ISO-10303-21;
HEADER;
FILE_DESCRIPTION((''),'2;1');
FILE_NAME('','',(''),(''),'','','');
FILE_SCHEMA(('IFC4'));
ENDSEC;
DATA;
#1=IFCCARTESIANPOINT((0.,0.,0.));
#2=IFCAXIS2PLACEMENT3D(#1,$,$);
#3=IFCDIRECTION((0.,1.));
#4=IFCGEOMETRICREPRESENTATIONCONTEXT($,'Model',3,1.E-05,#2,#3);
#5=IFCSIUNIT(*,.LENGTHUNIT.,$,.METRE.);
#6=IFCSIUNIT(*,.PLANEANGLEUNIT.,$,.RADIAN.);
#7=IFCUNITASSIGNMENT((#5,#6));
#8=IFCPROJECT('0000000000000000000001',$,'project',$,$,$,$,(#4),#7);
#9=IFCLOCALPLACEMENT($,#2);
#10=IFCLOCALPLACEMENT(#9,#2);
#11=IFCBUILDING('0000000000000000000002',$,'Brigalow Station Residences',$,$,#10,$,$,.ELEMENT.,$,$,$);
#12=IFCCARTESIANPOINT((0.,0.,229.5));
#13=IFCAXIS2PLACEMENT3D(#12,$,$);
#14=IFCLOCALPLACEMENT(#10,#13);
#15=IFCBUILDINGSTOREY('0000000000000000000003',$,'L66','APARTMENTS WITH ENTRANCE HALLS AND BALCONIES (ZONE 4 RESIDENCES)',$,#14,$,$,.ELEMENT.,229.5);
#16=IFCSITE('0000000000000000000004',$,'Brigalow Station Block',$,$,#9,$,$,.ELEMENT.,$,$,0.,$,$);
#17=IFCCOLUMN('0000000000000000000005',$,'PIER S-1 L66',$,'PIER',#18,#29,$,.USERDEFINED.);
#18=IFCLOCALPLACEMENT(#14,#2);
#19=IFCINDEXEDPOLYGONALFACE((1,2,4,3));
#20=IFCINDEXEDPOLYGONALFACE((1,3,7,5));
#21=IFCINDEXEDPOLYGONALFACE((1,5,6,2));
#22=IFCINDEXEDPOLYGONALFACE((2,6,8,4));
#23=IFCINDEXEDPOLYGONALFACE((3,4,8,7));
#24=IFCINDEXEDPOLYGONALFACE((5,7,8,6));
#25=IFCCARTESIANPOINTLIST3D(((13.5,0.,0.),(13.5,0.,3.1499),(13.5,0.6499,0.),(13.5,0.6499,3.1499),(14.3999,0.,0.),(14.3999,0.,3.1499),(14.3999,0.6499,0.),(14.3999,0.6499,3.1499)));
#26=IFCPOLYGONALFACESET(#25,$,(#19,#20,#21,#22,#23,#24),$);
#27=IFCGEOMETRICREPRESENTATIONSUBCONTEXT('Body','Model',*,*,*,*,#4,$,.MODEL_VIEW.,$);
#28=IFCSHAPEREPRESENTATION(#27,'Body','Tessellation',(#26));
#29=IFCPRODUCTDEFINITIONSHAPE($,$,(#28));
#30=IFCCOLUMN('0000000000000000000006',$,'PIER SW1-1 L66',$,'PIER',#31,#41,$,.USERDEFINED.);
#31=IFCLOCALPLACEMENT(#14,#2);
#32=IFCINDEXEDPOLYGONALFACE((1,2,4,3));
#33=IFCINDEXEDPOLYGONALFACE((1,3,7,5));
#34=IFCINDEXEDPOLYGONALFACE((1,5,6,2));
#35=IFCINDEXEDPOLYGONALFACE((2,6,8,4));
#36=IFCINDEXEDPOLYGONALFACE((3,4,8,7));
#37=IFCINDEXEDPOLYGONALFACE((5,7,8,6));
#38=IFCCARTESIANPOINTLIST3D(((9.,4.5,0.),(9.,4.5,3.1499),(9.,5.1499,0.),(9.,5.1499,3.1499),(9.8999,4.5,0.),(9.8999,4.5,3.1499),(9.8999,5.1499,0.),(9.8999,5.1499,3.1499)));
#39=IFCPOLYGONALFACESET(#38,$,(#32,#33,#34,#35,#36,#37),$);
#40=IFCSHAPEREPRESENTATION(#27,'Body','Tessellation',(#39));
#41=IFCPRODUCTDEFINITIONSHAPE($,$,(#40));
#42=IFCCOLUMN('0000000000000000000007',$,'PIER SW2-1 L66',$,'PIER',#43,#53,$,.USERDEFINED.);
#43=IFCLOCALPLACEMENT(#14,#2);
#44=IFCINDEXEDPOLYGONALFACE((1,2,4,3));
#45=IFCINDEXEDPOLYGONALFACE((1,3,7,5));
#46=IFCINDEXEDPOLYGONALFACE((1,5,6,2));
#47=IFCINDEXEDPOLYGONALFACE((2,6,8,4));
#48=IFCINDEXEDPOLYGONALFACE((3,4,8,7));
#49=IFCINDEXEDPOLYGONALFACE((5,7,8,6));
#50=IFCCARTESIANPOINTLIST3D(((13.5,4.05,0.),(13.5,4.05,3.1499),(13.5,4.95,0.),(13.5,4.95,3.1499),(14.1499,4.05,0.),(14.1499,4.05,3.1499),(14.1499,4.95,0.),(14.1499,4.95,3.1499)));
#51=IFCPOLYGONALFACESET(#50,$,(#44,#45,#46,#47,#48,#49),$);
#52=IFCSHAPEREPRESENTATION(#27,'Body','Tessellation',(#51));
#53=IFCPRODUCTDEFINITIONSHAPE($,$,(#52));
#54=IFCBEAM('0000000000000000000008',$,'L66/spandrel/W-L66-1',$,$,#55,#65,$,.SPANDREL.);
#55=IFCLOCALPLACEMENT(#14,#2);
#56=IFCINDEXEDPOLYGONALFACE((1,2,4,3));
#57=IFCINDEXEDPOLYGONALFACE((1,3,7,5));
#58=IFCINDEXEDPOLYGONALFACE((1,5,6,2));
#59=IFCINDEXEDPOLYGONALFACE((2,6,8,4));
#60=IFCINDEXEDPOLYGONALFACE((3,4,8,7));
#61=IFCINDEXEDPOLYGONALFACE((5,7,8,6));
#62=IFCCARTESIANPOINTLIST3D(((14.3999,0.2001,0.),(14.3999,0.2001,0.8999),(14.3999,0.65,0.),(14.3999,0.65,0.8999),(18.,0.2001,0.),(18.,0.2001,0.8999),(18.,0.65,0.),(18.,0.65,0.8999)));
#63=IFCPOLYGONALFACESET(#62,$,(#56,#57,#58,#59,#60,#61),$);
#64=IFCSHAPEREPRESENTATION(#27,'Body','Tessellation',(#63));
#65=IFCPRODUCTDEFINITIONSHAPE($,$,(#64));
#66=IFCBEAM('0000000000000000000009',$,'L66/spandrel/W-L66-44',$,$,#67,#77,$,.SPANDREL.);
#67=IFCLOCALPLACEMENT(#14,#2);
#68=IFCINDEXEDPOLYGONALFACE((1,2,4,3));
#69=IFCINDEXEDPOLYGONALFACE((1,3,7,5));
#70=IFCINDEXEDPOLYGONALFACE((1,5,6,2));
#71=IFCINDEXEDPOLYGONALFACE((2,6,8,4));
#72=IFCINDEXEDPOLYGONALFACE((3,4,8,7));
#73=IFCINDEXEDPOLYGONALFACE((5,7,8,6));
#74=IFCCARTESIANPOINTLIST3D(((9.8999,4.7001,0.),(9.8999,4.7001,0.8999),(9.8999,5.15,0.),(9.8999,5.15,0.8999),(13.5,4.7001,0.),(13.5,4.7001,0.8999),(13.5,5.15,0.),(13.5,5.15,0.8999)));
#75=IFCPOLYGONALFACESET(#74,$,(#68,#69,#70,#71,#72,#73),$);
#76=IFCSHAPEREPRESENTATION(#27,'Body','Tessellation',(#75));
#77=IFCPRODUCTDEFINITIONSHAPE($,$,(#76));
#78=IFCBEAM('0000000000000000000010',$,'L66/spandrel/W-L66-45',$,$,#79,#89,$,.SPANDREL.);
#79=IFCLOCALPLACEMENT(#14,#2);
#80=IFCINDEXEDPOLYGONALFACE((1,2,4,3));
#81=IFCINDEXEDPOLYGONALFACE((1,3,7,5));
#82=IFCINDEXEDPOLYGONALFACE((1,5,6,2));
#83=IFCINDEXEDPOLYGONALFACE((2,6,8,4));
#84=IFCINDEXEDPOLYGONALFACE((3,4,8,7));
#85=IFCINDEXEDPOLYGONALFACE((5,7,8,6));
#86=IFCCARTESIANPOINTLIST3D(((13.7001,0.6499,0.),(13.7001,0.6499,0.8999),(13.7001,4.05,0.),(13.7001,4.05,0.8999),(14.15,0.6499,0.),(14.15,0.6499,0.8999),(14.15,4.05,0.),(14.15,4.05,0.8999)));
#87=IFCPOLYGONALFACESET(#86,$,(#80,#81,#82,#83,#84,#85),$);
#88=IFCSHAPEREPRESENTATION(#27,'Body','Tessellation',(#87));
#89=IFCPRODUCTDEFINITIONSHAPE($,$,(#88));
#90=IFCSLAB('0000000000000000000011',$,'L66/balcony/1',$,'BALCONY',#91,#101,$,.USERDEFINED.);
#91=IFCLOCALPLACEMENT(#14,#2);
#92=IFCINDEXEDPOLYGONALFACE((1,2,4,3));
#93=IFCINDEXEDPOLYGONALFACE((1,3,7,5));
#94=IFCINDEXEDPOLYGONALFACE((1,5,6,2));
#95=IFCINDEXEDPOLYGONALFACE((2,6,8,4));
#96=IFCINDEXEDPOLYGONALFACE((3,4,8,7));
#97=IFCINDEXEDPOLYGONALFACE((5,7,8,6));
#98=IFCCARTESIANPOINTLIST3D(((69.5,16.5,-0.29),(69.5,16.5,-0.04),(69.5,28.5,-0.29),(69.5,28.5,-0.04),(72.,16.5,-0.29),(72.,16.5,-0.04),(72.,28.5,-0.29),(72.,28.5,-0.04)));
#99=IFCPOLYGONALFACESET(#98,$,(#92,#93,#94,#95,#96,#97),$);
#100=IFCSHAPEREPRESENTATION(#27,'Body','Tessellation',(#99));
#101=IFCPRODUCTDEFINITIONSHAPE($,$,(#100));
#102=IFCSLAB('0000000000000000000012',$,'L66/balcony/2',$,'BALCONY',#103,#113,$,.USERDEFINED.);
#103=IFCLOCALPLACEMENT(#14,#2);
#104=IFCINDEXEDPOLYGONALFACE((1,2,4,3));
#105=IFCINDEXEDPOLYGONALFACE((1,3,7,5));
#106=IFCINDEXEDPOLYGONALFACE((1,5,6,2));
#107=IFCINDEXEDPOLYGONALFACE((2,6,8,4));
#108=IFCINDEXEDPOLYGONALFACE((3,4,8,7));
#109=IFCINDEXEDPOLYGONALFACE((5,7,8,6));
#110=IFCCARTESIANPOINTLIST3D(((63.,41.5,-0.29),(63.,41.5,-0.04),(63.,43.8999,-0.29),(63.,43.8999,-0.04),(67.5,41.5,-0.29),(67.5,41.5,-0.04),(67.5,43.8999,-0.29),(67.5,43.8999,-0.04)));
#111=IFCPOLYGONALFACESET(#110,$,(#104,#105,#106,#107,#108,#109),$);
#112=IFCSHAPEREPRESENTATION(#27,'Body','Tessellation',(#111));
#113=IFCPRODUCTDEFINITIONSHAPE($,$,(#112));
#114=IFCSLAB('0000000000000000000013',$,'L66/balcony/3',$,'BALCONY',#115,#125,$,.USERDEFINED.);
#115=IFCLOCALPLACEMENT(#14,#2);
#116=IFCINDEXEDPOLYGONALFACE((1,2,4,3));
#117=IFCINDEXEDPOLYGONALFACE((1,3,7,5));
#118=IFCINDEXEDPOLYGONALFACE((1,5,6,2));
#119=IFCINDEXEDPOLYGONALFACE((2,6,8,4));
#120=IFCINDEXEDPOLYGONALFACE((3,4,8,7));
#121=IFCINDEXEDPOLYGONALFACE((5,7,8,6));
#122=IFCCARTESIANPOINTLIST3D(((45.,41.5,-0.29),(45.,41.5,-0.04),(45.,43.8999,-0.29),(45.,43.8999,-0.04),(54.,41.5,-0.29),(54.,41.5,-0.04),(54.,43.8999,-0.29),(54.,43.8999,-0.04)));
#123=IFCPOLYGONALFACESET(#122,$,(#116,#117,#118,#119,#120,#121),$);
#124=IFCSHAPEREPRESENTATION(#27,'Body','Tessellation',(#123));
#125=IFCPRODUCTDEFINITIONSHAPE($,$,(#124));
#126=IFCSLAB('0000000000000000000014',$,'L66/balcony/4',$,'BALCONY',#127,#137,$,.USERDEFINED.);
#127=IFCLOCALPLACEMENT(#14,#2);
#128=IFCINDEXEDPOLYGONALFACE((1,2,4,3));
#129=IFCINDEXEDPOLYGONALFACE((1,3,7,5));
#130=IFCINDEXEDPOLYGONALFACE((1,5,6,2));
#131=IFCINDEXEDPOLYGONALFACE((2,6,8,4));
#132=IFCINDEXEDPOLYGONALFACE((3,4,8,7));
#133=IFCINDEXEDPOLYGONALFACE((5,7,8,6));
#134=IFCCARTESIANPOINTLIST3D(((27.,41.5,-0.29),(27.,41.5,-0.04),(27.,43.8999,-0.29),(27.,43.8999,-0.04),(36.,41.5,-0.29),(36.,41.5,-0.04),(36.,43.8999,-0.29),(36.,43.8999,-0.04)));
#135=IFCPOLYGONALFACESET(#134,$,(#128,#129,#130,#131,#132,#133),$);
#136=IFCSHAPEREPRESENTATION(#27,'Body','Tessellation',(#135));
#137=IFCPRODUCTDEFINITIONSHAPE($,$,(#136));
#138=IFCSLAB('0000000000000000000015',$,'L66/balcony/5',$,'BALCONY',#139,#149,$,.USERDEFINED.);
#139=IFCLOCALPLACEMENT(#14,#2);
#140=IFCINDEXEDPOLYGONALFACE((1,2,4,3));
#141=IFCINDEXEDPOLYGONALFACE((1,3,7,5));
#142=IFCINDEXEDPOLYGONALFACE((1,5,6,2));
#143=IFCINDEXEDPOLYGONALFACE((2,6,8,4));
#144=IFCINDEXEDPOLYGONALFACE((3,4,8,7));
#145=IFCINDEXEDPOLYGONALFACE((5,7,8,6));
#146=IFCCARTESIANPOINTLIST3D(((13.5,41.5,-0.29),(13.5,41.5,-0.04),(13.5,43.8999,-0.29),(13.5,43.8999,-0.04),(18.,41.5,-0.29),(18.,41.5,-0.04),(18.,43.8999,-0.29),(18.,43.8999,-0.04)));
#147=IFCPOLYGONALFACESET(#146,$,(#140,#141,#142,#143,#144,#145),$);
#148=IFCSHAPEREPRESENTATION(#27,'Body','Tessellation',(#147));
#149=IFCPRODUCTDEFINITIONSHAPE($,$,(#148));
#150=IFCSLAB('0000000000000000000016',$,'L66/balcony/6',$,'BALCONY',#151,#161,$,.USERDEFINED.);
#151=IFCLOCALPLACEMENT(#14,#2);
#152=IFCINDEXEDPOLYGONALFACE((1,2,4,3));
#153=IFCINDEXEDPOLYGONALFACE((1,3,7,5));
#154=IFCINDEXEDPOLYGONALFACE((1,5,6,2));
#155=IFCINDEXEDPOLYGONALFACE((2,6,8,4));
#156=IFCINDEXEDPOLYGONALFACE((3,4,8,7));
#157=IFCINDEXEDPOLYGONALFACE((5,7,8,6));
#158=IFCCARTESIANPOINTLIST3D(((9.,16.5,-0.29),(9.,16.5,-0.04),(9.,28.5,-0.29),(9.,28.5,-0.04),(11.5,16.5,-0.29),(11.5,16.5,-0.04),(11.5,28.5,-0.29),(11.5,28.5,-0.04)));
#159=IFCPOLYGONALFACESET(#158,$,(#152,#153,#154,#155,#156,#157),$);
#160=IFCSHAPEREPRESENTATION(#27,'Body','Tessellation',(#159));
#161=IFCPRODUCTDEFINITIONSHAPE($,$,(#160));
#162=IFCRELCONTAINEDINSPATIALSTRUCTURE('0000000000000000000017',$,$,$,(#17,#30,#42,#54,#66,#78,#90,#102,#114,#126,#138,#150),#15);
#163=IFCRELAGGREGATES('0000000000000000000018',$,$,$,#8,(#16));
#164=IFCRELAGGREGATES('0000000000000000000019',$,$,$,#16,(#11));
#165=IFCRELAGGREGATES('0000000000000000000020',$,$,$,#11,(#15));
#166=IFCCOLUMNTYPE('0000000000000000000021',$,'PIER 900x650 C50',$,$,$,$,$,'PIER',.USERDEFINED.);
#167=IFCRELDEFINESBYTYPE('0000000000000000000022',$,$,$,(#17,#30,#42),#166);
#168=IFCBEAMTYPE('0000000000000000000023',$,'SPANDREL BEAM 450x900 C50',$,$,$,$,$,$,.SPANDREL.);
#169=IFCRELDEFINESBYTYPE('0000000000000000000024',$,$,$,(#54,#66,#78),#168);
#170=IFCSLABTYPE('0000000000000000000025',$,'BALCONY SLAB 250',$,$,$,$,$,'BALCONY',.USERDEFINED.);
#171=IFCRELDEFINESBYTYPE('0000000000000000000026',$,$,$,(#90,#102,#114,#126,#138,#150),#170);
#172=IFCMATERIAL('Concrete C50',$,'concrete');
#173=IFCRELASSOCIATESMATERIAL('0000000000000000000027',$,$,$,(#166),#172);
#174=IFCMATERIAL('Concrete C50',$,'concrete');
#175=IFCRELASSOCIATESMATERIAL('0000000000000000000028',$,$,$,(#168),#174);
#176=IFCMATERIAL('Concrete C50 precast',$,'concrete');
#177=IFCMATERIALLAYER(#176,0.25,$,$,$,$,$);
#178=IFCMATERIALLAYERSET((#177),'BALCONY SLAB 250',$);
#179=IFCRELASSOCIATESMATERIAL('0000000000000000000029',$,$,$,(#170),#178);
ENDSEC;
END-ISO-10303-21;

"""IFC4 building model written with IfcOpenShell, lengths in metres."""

from ifc_helpers import new_model, si_unit, direction, frame, origin, origin_2d, place, context, subcontext, project, spatial, polyline, rectangle, outline, extrude, material, layer, layer_set, material_profile, profile_set, type_object, element, save


model = new_model("IFC4")

# Units and contexts
model_context = context("Model", 3, precision=1e-05, world=origin(), true_north=direction((0.0, 1.0)))
body_context = subcontext(model_context, "Body", "Model", "MODEL_VIEW")
ifc_project = project(units=[si_unit("LENGTHUNIT", "METRE"), si_unit("PLANEANGLEUNIT", "RADIAN")], contexts=[model_context])

# Site, building, storey
site_placement = place(None, origin())
site = spatial("IfcSite", under=ifc_project, at=site_placement, Name="Brigalow Station Block", CompositionType="ELEMENT", RefElevation=0.0)
building_placement = place(site_placement, origin())
building = spatial("IfcBuilding", under=site, at=building_placement, Name="Brigalow Station Residences", CompositionType="ELEMENT")
storey_placement = place(building_placement, frame((0.0, 0.0, 229.5)))
storey = spatial("IfcBuildingStorey", under=building, at=storey_placement, Name="L66", Description="APARTMENTS WITH ENTRANCE HALLS AND BALCONIES (ZONE 4 RESIDENCES)", CompositionType="ELEMENT", Elevation=229.5)

# Columns
ifc_material_1 = material(Name="Concrete C50", Category="concrete")
ifc_material_profile_1 = material_profile(ifc_material_1, rectangle(XDim=0.8999, YDim=0.6499, at=origin_2d()), Name="RC900x650")
ifc_profile_set_1 = profile_set([ifc_material_profile_1], Name="Concrete C50")
column_type = type_object("IfcColumnType", Name="PIER 900x650 C50", ElementType="PIER", PredefinedType="USERDEFINED", material=ifc_profile_set_1)
for number, where, z_axis, x_axis, name in (
    (1, (13.95, 0.325, 0.0), (0.0, 0.0, 1.0), (1.0, 0.0, 0.0), "PIER S-1 L66"),
    (2, (9.45, 4.825, 0.0), (0.0, 0.0, 1.0), (1.0, 0.0, 0.0), "PIER SW1-1 L66"),
    (3, (13.825, 4.5, 0.0), (0.0, 0.0, 1.0), (0.0, -1.0, 0.0), "PIER SW2-1 L66"),
):
    element("IfcColumn", number, at=place(storey_placement, frame(where, z_axis=z_axis, x_axis=x_axis)), inside=storey, type_object=column_type, Name=name, ObjectType="PIER", PredefinedType="USERDEFINED", context=body_context, shape_type="SweptSolid", body=[
        extrude(rectangle(XDim=0.8999, YDim=0.6499, at=origin_2d()), origin(), (0.0, 0.0, 1.0), 3.1499),
    ])

# Beams
ifc_material_2 = material(Name="Concrete C50", Category="concrete")
ifc_material_profile_2 = material_profile(ifc_material_2, rectangle(XDim=0.45, YDim=0.8999, at=origin_2d()), Name="RC450x900")
ifc_profile_set_2 = profile_set([ifc_material_profile_2], Name="Concrete C50")
beam_type = type_object("IfcBeamType", Name="SPANDREL BEAM 450x900 C50", PredefinedType="SPANDREL", material=ifc_profile_set_2)
for number, where, z_axis, x_axis, name in (
    (4, (14.3999, 0.425, 0.45), (1.0, 0.0, 0.0), (0.0, 1.0, 0.0), "L66/spandrel/W-L66-1"),
    (5, (9.8999, 4.925, 0.45), (1.0, 0.0, 0.0), (0.0, 1.0, 0.0), "L66/spandrel/W-L66-44"),
):
    element("IfcBeam", number, at=place(storey_placement, frame(where, z_axis=z_axis, x_axis=x_axis)), inside=storey, type_object=beam_type, Name=name, PredefinedType="SPANDREL", context=body_context, shape_type="SweptSolid", body=[
        extrude(rectangle(XDim=0.45, YDim=0.8999, at=origin_2d()), origin(), (0.0, 0.0, 1.0), 3.6001),
    ])
beam_placement = place(storey_placement, frame((13.925, 4.05, 0.45), z_axis=(0.0, -1.0, 0.0), x_axis=(1.0, 0.0, 0.0)))
element("IfcBeam", 6, at=beam_placement, inside=storey, type_object=beam_type, Name="L66/spandrel/W-L66-45", PredefinedType="SPANDREL", context=body_context, shape_type="SweptSolid", body=[
    extrude(rectangle(XDim=0.45, YDim=0.8999, at=origin_2d()), origin(), (0.0, 0.0, 1.0), 3.4001),
])

# Slabs
ifc_material_3 = material(Name="Concrete C50 precast", Category="concrete")
ifc_layer_1 = layer(ifc_material_3, 0.25)
ifc_layer_set_1 = layer_set([ifc_layer_1], Name="BALCONY SLAB 250")
slab_type_1 = type_object("IfcSlabType", Name="BALCONY SLAB 250", ElementType="BALCONY", PredefinedType="USERDEFINED", material=ifc_layer_set_1)
slab_1_placement = place(storey_placement, frame((0.0, 0.0, -0.29)))
element("IfcSlab", 7, at=slab_1_placement, inside=storey, type_object=slab_type_1, Name="L66/balcony/1", ObjectType="BALCONY", PredefinedType="USERDEFINED", context=body_context, shape_type="SweptSolid", body=[
    extrude(outline(polyline([(69.5, 16.5), (72.0, 16.5), (72.0, 28.5), (69.5, 28.5), (69.5, 16.5)])), origin(), (0.0, 0.0, 1.0), 0.25),
])
slab_2_placement = place(storey_placement, frame((0.0, 0.0, -0.29)))
element("IfcSlab", 8, at=slab_2_placement, inside=storey, type_object=slab_type_1, Name="L66/balcony/2", ObjectType="BALCONY", PredefinedType="USERDEFINED", context=body_context, shape_type="SweptSolid", body=[
    extrude(outline(polyline([(67.5, 41.5), (67.5, 43.8999), (63.0, 43.8999), (63.0, 41.5), (67.5, 41.5)])), origin(), (0.0, 0.0, 1.0), 0.25),
])
slab_3_placement = place(storey_placement, frame((0.0, 0.0, -0.29)))
element("IfcSlab", 9, at=slab_3_placement, inside=storey, type_object=slab_type_1, Name="L66/balcony/3", ObjectType="BALCONY", PredefinedType="USERDEFINED", context=body_context, shape_type="SweptSolid", body=[
    extrude(outline(polyline([(54.0, 41.5), (54.0, 43.8999), (45.0, 43.8999), (45.0, 41.5), (54.0, 41.5)])), origin(), (0.0, 0.0, 1.0), 0.25),
])
slab_4_placement = place(storey_placement, frame((0.0, 0.0, -0.29)))
element("IfcSlab", 10, at=slab_4_placement, inside=storey, type_object=slab_type_1, Name="L66/balcony/4", ObjectType="BALCONY", PredefinedType="USERDEFINED", context=body_context, shape_type="SweptSolid", body=[
    extrude(outline(polyline([(36.0, 41.5), (36.0, 43.8999), (27.0, 43.8999), (27.0, 41.5), (36.0, 41.5)])), origin(), (0.0, 0.0, 1.0), 0.25),
])
slab_5_placement = place(storey_placement, frame((0.0, 0.0, -0.29)))
element("IfcSlab", 11, at=slab_5_placement, inside=storey, type_object=slab_type_1, Name="L66/balcony/5", ObjectType="BALCONY", PredefinedType="USERDEFINED", context=body_context, shape_type="SweptSolid", body=[
    extrude(outline(polyline([(18.0, 41.5), (18.0, 43.8999), (13.5, 43.8999), (13.5, 41.5), (18.0, 41.5)])), origin(), (0.0, 0.0, 1.0), 0.25),
])
slab_6_placement = place(storey_placement, frame((0.0, 0.0, -0.29)))
element("IfcSlab", 12, at=slab_6_placement, inside=storey, type_object=slab_type_1, Name="L66/balcony/6", ObjectType="BALCONY", PredefinedType="USERDEFINED", context=body_context, shape_type="SweptSolid", body=[
    extrude(outline(polyline([(11.5, 28.5), (9.0, 28.5), (9.0, 16.5), (11.5, 16.5), (11.5, 28.5)])), origin(), (0.0, 0.0, 1.0), 0.25),
])

save(model, "model.ifc")
